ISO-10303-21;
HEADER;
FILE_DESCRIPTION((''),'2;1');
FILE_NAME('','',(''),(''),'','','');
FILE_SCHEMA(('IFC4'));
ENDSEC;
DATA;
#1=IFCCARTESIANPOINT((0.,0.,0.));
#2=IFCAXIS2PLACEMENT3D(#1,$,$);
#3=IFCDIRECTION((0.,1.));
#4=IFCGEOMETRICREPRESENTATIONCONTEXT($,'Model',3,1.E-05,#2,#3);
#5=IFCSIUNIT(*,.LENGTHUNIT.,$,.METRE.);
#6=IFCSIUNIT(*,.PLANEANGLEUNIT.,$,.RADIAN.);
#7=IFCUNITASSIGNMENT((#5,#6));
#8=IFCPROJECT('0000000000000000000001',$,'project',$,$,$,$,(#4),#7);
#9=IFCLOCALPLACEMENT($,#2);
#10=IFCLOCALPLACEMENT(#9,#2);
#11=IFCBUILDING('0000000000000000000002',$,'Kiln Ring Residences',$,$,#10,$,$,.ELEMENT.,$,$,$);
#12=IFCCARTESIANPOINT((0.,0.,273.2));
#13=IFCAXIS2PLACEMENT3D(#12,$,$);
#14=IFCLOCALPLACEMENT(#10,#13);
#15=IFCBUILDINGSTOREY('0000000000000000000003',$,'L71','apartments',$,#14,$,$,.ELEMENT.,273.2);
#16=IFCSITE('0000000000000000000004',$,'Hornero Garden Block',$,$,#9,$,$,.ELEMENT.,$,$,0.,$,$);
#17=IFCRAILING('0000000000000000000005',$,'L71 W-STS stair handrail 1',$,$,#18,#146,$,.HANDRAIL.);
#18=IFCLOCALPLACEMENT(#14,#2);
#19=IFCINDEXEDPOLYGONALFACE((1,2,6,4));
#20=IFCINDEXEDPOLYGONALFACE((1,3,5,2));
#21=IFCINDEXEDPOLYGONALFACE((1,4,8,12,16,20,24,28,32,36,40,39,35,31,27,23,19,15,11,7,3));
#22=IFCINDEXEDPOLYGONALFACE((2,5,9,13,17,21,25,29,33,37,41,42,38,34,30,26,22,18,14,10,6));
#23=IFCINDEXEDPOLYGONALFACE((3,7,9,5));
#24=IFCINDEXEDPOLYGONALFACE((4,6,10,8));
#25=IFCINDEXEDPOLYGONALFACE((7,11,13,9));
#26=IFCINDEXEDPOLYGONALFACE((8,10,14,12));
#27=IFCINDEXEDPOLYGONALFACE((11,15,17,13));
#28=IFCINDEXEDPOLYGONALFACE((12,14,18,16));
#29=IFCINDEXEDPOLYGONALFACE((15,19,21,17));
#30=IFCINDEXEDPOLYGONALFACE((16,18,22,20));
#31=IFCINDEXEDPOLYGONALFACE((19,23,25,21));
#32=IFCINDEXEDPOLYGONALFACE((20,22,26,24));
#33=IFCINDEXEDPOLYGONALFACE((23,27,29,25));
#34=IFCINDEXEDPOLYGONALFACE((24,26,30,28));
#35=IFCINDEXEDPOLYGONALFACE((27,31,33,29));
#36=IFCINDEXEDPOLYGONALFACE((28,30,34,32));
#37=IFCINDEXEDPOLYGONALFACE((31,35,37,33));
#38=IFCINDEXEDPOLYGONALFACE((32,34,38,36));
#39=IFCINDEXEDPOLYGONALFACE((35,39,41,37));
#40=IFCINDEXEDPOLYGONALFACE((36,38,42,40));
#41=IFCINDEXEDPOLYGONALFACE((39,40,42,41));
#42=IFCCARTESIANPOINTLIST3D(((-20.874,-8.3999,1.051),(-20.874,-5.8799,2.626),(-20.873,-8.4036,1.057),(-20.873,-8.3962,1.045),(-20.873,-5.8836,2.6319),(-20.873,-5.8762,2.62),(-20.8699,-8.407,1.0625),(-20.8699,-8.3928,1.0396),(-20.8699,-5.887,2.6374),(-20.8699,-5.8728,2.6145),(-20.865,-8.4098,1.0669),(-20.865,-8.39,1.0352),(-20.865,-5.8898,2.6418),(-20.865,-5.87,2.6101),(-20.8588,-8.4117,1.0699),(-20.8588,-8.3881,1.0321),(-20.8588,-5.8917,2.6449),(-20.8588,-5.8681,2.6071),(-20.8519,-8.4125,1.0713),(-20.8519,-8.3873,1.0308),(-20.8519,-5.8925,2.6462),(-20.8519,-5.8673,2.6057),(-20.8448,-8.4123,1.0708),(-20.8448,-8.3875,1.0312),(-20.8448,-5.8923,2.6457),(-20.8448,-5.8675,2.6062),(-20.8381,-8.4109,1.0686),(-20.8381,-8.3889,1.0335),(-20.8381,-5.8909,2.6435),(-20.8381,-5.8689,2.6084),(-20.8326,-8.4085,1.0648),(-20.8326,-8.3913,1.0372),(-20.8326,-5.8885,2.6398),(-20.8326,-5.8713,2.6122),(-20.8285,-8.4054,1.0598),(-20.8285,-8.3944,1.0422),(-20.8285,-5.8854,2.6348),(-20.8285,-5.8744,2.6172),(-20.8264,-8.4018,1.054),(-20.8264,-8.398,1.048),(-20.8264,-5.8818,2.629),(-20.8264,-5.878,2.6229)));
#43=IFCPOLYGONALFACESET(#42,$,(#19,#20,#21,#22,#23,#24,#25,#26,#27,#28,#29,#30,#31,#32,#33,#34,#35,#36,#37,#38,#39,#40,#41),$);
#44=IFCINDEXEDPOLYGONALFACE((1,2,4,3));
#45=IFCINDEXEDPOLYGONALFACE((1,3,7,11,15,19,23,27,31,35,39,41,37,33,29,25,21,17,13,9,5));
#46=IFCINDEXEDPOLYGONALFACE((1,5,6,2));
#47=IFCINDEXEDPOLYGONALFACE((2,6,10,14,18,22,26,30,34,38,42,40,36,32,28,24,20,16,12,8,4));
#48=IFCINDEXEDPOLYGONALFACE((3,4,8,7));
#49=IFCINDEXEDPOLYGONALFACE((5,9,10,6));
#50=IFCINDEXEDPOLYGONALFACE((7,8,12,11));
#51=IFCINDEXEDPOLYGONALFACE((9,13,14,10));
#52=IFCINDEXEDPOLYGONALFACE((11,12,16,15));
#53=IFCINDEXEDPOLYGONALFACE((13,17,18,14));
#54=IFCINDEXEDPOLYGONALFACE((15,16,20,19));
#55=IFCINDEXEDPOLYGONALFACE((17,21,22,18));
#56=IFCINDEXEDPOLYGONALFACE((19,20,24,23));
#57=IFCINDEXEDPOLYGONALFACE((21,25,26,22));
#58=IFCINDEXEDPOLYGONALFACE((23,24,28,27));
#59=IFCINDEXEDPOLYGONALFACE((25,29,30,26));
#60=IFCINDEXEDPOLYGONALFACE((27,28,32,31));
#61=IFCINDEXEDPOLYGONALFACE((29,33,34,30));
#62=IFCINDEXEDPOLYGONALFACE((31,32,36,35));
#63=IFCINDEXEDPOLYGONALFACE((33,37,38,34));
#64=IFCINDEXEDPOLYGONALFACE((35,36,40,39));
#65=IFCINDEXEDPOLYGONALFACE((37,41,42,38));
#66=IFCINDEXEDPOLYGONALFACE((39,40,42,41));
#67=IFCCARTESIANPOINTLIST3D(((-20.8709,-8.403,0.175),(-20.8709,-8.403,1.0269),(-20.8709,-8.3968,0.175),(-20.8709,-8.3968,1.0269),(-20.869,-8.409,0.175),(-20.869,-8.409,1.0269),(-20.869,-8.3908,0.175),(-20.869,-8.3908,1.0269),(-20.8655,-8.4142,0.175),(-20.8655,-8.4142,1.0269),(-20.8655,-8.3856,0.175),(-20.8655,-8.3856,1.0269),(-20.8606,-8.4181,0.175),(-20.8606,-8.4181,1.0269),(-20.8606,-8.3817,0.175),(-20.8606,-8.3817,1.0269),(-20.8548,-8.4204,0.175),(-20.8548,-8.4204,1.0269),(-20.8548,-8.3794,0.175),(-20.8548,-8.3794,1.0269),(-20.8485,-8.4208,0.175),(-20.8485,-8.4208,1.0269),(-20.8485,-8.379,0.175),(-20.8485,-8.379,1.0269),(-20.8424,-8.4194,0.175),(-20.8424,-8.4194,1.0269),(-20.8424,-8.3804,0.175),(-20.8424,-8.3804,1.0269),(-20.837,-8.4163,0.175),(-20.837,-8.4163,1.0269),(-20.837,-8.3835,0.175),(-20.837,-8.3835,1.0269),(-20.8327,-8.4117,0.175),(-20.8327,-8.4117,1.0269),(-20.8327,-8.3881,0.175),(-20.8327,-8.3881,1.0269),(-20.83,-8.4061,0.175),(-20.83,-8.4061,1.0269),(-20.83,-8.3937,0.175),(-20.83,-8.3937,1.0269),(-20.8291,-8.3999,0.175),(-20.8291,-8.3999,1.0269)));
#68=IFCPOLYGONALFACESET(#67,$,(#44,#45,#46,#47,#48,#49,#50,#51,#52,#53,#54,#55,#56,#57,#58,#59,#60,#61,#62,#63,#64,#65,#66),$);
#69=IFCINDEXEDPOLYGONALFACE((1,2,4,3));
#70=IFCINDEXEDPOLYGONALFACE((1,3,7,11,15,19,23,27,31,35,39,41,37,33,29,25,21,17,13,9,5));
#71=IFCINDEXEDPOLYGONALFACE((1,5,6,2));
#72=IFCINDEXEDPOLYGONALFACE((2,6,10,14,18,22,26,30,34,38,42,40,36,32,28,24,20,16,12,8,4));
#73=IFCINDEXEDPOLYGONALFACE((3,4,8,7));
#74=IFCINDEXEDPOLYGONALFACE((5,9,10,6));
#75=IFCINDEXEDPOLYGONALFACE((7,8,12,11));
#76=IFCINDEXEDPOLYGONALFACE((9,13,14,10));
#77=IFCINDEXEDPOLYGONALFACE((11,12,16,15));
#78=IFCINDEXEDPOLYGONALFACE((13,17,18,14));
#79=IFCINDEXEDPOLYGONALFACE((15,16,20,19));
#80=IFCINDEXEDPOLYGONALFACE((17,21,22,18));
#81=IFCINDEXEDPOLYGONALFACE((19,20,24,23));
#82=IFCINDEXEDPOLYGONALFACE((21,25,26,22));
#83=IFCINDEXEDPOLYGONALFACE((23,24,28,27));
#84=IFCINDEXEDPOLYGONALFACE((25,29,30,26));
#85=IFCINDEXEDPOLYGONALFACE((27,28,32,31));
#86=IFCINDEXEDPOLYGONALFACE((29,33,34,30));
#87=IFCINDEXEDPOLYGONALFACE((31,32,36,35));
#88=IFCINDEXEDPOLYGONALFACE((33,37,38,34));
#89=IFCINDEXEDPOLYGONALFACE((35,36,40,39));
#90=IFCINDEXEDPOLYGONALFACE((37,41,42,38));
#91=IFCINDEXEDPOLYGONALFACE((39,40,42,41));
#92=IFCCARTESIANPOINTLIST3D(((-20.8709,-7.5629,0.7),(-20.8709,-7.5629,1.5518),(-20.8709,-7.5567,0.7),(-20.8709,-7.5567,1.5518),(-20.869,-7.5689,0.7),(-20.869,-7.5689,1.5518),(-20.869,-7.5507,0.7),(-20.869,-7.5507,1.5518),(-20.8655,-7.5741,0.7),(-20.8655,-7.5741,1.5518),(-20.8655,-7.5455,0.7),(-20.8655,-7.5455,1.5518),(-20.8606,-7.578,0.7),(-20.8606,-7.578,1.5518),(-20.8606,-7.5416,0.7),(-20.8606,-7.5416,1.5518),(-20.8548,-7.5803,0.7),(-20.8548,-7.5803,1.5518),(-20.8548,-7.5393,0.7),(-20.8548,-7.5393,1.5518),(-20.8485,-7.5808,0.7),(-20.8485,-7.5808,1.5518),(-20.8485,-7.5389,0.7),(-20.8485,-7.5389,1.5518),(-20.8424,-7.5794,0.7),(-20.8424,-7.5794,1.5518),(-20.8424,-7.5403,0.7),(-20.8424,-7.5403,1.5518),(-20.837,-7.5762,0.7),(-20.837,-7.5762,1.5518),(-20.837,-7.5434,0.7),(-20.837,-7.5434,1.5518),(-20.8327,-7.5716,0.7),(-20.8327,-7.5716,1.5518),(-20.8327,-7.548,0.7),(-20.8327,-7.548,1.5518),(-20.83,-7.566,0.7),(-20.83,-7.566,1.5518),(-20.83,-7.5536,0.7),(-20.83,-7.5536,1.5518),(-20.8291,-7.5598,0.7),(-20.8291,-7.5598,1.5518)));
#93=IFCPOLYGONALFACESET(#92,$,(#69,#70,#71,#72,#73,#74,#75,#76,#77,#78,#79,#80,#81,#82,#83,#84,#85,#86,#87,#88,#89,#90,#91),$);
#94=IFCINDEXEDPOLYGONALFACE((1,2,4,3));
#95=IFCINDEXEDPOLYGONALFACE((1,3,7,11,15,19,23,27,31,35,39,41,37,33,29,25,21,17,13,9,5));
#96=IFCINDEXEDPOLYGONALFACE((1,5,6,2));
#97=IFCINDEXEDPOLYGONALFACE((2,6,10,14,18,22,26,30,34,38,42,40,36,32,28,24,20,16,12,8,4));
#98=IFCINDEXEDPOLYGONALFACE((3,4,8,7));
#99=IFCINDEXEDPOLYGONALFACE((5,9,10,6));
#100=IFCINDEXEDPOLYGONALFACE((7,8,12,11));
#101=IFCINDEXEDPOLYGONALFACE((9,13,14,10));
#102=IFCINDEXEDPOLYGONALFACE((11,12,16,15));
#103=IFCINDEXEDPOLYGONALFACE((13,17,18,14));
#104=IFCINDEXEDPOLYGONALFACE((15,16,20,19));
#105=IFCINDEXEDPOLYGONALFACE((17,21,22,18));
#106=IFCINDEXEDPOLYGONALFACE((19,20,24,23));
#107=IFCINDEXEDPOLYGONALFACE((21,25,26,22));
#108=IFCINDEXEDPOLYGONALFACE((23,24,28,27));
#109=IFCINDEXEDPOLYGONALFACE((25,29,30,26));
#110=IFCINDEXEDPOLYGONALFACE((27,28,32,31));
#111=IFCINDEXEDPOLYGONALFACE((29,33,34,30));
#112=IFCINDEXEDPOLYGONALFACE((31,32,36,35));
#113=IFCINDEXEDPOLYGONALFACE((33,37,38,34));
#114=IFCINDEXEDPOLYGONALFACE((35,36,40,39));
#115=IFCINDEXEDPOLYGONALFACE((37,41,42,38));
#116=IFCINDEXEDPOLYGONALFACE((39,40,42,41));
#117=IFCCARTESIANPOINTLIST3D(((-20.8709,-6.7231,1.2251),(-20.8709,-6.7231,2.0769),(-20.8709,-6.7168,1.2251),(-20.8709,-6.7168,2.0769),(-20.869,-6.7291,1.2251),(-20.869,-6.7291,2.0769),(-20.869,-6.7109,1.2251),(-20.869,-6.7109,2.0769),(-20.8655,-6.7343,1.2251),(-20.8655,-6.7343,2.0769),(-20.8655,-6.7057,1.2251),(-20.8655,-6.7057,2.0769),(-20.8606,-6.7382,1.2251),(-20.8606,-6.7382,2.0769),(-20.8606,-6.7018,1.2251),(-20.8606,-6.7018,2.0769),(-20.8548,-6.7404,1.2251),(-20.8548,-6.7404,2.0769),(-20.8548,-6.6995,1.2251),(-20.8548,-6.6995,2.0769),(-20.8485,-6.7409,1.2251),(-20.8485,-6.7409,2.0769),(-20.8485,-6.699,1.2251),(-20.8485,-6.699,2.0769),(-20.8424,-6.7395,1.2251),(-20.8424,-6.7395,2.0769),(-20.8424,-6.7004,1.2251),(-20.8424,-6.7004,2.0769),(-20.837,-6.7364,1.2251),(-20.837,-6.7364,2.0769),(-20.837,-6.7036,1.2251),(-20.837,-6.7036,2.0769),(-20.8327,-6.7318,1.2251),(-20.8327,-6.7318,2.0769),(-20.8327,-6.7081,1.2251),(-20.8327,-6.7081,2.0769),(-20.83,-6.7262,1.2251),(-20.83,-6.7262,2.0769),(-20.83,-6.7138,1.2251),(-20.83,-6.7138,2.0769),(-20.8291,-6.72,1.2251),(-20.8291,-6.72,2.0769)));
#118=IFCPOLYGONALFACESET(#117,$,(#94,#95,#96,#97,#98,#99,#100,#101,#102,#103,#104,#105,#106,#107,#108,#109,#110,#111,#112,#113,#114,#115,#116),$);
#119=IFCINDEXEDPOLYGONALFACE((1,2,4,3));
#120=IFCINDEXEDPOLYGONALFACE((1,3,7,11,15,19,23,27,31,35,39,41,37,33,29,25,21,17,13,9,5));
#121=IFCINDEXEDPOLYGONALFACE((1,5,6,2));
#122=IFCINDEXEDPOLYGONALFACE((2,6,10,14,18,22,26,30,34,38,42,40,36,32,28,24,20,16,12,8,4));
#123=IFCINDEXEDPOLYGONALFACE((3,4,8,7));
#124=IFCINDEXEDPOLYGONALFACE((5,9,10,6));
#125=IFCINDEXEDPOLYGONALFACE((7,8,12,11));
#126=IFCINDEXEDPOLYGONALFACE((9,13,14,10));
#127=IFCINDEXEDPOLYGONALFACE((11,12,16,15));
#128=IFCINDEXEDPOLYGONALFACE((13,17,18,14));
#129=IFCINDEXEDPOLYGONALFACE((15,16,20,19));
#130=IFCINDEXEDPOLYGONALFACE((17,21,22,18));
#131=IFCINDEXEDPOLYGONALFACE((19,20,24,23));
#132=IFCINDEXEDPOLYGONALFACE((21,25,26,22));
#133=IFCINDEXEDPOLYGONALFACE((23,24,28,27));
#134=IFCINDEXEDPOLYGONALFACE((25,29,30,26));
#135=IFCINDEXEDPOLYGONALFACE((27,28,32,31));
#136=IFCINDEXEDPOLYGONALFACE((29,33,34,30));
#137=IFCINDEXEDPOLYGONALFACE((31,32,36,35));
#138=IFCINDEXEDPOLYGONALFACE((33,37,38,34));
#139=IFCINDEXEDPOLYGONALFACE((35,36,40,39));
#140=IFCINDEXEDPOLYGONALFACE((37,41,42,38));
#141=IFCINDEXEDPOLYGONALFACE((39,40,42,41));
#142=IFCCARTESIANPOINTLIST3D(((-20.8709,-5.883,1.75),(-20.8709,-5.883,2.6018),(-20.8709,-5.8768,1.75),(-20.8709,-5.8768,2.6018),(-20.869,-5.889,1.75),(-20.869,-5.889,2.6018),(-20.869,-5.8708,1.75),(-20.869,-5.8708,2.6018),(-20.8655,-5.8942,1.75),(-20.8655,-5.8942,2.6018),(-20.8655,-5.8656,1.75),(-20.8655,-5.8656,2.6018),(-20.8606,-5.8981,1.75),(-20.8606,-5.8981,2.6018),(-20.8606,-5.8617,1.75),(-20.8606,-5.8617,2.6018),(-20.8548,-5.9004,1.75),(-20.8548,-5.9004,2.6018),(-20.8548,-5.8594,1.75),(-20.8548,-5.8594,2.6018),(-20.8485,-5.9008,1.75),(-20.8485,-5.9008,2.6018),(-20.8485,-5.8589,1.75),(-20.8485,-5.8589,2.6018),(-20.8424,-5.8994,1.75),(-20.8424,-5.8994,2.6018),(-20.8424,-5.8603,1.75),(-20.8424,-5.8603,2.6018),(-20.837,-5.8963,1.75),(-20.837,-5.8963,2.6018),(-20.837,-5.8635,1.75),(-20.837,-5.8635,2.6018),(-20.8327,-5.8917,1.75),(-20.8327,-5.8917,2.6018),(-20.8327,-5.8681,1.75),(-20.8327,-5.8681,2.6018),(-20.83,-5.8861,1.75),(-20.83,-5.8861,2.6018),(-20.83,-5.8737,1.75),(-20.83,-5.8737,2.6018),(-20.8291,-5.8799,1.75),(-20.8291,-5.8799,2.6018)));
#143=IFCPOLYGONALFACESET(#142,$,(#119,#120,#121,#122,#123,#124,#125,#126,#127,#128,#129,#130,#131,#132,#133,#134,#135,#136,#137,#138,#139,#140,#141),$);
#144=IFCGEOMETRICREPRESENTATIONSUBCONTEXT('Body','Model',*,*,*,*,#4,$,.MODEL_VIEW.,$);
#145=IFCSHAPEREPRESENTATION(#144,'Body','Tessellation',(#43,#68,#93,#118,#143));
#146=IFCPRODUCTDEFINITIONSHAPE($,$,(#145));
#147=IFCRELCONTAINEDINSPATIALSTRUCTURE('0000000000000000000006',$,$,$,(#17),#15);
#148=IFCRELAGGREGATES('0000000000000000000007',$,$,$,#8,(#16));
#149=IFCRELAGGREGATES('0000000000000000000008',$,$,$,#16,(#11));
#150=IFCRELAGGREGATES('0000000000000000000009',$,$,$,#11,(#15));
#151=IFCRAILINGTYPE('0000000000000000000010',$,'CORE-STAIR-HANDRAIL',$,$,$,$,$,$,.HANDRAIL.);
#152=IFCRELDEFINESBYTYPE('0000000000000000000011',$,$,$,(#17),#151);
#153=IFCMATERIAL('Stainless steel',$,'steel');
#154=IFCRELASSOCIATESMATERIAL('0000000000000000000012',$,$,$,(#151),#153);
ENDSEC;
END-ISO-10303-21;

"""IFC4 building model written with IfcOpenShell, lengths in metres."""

from ifc_helpers import new_model, si_unit, direction, frame, origin, origin_2d, place, context, subcontext, project, spatial, circle, extrude, material, type_object, element, save


model = new_model("IFC4")

# Units and contexts
model_context = context("Model", 3, precision=1e-05, world=origin(), true_north=direction((0.0, 1.0)))
body_context = subcontext(model_context, "Body", "Model", "MODEL_VIEW")
ifc_project = project(units=[si_unit("LENGTHUNIT", "METRE"), si_unit("PLANEANGLEUNIT", "RADIAN")], contexts=[model_context])

# Site, building, storey
site_placement = place(None, origin())
site = spatial("IfcSite", under=ifc_project, at=site_placement, Name="Hornero Garden Block", CompositionType="ELEMENT", RefElevation=0.0)
building_placement = place(site_placement, origin())
building = spatial("IfcBuilding", under=site, at=building_placement, Name="Kiln Ring Residences", CompositionType="ELEMENT")
storey_placement = place(building_placement, frame((0.0, 0.0, 273.2)))
storey = spatial("IfcBuildingStorey", under=building, at=storey_placement, Name="L71", Description="apartments", CompositionType="ELEMENT", Elevation=273.2)

# Railing
ifc_material_1 = material(Name="Stainless steel", Category="steel")
railing_type_1 = type_object("IfcRailingType", Name="CORE-STAIR-HANDRAIL", PredefinedType="HANDRAIL", material=ifc_material_1)
railing_1_placement = place(storey_placement, frame((-20.8501, -8.3999, 0.175)))
element("IfcRailing", 1, at=railing_1_placement, inside=storey, type_object=railing_type_1, Name="L71 W-STS stair handrail 1", PredefinedType="HANDRAIL", context=body_context, shape_type="SweptSolid", body=[
    extrude(circle(Radius=0.0239, at=origin_2d()), frame((0.0, 0.0, 0.876), z_axis=(0.0, 0.848008, 0.529984), x_axis=(-1.0, 0.0, 0.0)), (0.0, 0.0, 1.0), 2.9717),
    extrude(circle(Radius=0.021, at=origin_2d()), origin(), (0.0, 0.0, 1.0), 0.8518),
    extrude(circle(Radius=0.021, at=origin_2d()), frame((0.0, 0.8401, 0.5249)), (0.0, 0.0, 1.0), 0.8518),
    extrude(circle(Radius=0.021, at=origin_2d()), frame((0.0, 1.6799, 1.05)), (0.0, 0.0, 1.0), 0.8518),
    extrude(circle(Radius=0.021, at=origin_2d()), frame((0.0, 2.52, 1.575)), (0.0, 0.0, 1.0), 0.8518),
])

save(model, "model.ifc")
